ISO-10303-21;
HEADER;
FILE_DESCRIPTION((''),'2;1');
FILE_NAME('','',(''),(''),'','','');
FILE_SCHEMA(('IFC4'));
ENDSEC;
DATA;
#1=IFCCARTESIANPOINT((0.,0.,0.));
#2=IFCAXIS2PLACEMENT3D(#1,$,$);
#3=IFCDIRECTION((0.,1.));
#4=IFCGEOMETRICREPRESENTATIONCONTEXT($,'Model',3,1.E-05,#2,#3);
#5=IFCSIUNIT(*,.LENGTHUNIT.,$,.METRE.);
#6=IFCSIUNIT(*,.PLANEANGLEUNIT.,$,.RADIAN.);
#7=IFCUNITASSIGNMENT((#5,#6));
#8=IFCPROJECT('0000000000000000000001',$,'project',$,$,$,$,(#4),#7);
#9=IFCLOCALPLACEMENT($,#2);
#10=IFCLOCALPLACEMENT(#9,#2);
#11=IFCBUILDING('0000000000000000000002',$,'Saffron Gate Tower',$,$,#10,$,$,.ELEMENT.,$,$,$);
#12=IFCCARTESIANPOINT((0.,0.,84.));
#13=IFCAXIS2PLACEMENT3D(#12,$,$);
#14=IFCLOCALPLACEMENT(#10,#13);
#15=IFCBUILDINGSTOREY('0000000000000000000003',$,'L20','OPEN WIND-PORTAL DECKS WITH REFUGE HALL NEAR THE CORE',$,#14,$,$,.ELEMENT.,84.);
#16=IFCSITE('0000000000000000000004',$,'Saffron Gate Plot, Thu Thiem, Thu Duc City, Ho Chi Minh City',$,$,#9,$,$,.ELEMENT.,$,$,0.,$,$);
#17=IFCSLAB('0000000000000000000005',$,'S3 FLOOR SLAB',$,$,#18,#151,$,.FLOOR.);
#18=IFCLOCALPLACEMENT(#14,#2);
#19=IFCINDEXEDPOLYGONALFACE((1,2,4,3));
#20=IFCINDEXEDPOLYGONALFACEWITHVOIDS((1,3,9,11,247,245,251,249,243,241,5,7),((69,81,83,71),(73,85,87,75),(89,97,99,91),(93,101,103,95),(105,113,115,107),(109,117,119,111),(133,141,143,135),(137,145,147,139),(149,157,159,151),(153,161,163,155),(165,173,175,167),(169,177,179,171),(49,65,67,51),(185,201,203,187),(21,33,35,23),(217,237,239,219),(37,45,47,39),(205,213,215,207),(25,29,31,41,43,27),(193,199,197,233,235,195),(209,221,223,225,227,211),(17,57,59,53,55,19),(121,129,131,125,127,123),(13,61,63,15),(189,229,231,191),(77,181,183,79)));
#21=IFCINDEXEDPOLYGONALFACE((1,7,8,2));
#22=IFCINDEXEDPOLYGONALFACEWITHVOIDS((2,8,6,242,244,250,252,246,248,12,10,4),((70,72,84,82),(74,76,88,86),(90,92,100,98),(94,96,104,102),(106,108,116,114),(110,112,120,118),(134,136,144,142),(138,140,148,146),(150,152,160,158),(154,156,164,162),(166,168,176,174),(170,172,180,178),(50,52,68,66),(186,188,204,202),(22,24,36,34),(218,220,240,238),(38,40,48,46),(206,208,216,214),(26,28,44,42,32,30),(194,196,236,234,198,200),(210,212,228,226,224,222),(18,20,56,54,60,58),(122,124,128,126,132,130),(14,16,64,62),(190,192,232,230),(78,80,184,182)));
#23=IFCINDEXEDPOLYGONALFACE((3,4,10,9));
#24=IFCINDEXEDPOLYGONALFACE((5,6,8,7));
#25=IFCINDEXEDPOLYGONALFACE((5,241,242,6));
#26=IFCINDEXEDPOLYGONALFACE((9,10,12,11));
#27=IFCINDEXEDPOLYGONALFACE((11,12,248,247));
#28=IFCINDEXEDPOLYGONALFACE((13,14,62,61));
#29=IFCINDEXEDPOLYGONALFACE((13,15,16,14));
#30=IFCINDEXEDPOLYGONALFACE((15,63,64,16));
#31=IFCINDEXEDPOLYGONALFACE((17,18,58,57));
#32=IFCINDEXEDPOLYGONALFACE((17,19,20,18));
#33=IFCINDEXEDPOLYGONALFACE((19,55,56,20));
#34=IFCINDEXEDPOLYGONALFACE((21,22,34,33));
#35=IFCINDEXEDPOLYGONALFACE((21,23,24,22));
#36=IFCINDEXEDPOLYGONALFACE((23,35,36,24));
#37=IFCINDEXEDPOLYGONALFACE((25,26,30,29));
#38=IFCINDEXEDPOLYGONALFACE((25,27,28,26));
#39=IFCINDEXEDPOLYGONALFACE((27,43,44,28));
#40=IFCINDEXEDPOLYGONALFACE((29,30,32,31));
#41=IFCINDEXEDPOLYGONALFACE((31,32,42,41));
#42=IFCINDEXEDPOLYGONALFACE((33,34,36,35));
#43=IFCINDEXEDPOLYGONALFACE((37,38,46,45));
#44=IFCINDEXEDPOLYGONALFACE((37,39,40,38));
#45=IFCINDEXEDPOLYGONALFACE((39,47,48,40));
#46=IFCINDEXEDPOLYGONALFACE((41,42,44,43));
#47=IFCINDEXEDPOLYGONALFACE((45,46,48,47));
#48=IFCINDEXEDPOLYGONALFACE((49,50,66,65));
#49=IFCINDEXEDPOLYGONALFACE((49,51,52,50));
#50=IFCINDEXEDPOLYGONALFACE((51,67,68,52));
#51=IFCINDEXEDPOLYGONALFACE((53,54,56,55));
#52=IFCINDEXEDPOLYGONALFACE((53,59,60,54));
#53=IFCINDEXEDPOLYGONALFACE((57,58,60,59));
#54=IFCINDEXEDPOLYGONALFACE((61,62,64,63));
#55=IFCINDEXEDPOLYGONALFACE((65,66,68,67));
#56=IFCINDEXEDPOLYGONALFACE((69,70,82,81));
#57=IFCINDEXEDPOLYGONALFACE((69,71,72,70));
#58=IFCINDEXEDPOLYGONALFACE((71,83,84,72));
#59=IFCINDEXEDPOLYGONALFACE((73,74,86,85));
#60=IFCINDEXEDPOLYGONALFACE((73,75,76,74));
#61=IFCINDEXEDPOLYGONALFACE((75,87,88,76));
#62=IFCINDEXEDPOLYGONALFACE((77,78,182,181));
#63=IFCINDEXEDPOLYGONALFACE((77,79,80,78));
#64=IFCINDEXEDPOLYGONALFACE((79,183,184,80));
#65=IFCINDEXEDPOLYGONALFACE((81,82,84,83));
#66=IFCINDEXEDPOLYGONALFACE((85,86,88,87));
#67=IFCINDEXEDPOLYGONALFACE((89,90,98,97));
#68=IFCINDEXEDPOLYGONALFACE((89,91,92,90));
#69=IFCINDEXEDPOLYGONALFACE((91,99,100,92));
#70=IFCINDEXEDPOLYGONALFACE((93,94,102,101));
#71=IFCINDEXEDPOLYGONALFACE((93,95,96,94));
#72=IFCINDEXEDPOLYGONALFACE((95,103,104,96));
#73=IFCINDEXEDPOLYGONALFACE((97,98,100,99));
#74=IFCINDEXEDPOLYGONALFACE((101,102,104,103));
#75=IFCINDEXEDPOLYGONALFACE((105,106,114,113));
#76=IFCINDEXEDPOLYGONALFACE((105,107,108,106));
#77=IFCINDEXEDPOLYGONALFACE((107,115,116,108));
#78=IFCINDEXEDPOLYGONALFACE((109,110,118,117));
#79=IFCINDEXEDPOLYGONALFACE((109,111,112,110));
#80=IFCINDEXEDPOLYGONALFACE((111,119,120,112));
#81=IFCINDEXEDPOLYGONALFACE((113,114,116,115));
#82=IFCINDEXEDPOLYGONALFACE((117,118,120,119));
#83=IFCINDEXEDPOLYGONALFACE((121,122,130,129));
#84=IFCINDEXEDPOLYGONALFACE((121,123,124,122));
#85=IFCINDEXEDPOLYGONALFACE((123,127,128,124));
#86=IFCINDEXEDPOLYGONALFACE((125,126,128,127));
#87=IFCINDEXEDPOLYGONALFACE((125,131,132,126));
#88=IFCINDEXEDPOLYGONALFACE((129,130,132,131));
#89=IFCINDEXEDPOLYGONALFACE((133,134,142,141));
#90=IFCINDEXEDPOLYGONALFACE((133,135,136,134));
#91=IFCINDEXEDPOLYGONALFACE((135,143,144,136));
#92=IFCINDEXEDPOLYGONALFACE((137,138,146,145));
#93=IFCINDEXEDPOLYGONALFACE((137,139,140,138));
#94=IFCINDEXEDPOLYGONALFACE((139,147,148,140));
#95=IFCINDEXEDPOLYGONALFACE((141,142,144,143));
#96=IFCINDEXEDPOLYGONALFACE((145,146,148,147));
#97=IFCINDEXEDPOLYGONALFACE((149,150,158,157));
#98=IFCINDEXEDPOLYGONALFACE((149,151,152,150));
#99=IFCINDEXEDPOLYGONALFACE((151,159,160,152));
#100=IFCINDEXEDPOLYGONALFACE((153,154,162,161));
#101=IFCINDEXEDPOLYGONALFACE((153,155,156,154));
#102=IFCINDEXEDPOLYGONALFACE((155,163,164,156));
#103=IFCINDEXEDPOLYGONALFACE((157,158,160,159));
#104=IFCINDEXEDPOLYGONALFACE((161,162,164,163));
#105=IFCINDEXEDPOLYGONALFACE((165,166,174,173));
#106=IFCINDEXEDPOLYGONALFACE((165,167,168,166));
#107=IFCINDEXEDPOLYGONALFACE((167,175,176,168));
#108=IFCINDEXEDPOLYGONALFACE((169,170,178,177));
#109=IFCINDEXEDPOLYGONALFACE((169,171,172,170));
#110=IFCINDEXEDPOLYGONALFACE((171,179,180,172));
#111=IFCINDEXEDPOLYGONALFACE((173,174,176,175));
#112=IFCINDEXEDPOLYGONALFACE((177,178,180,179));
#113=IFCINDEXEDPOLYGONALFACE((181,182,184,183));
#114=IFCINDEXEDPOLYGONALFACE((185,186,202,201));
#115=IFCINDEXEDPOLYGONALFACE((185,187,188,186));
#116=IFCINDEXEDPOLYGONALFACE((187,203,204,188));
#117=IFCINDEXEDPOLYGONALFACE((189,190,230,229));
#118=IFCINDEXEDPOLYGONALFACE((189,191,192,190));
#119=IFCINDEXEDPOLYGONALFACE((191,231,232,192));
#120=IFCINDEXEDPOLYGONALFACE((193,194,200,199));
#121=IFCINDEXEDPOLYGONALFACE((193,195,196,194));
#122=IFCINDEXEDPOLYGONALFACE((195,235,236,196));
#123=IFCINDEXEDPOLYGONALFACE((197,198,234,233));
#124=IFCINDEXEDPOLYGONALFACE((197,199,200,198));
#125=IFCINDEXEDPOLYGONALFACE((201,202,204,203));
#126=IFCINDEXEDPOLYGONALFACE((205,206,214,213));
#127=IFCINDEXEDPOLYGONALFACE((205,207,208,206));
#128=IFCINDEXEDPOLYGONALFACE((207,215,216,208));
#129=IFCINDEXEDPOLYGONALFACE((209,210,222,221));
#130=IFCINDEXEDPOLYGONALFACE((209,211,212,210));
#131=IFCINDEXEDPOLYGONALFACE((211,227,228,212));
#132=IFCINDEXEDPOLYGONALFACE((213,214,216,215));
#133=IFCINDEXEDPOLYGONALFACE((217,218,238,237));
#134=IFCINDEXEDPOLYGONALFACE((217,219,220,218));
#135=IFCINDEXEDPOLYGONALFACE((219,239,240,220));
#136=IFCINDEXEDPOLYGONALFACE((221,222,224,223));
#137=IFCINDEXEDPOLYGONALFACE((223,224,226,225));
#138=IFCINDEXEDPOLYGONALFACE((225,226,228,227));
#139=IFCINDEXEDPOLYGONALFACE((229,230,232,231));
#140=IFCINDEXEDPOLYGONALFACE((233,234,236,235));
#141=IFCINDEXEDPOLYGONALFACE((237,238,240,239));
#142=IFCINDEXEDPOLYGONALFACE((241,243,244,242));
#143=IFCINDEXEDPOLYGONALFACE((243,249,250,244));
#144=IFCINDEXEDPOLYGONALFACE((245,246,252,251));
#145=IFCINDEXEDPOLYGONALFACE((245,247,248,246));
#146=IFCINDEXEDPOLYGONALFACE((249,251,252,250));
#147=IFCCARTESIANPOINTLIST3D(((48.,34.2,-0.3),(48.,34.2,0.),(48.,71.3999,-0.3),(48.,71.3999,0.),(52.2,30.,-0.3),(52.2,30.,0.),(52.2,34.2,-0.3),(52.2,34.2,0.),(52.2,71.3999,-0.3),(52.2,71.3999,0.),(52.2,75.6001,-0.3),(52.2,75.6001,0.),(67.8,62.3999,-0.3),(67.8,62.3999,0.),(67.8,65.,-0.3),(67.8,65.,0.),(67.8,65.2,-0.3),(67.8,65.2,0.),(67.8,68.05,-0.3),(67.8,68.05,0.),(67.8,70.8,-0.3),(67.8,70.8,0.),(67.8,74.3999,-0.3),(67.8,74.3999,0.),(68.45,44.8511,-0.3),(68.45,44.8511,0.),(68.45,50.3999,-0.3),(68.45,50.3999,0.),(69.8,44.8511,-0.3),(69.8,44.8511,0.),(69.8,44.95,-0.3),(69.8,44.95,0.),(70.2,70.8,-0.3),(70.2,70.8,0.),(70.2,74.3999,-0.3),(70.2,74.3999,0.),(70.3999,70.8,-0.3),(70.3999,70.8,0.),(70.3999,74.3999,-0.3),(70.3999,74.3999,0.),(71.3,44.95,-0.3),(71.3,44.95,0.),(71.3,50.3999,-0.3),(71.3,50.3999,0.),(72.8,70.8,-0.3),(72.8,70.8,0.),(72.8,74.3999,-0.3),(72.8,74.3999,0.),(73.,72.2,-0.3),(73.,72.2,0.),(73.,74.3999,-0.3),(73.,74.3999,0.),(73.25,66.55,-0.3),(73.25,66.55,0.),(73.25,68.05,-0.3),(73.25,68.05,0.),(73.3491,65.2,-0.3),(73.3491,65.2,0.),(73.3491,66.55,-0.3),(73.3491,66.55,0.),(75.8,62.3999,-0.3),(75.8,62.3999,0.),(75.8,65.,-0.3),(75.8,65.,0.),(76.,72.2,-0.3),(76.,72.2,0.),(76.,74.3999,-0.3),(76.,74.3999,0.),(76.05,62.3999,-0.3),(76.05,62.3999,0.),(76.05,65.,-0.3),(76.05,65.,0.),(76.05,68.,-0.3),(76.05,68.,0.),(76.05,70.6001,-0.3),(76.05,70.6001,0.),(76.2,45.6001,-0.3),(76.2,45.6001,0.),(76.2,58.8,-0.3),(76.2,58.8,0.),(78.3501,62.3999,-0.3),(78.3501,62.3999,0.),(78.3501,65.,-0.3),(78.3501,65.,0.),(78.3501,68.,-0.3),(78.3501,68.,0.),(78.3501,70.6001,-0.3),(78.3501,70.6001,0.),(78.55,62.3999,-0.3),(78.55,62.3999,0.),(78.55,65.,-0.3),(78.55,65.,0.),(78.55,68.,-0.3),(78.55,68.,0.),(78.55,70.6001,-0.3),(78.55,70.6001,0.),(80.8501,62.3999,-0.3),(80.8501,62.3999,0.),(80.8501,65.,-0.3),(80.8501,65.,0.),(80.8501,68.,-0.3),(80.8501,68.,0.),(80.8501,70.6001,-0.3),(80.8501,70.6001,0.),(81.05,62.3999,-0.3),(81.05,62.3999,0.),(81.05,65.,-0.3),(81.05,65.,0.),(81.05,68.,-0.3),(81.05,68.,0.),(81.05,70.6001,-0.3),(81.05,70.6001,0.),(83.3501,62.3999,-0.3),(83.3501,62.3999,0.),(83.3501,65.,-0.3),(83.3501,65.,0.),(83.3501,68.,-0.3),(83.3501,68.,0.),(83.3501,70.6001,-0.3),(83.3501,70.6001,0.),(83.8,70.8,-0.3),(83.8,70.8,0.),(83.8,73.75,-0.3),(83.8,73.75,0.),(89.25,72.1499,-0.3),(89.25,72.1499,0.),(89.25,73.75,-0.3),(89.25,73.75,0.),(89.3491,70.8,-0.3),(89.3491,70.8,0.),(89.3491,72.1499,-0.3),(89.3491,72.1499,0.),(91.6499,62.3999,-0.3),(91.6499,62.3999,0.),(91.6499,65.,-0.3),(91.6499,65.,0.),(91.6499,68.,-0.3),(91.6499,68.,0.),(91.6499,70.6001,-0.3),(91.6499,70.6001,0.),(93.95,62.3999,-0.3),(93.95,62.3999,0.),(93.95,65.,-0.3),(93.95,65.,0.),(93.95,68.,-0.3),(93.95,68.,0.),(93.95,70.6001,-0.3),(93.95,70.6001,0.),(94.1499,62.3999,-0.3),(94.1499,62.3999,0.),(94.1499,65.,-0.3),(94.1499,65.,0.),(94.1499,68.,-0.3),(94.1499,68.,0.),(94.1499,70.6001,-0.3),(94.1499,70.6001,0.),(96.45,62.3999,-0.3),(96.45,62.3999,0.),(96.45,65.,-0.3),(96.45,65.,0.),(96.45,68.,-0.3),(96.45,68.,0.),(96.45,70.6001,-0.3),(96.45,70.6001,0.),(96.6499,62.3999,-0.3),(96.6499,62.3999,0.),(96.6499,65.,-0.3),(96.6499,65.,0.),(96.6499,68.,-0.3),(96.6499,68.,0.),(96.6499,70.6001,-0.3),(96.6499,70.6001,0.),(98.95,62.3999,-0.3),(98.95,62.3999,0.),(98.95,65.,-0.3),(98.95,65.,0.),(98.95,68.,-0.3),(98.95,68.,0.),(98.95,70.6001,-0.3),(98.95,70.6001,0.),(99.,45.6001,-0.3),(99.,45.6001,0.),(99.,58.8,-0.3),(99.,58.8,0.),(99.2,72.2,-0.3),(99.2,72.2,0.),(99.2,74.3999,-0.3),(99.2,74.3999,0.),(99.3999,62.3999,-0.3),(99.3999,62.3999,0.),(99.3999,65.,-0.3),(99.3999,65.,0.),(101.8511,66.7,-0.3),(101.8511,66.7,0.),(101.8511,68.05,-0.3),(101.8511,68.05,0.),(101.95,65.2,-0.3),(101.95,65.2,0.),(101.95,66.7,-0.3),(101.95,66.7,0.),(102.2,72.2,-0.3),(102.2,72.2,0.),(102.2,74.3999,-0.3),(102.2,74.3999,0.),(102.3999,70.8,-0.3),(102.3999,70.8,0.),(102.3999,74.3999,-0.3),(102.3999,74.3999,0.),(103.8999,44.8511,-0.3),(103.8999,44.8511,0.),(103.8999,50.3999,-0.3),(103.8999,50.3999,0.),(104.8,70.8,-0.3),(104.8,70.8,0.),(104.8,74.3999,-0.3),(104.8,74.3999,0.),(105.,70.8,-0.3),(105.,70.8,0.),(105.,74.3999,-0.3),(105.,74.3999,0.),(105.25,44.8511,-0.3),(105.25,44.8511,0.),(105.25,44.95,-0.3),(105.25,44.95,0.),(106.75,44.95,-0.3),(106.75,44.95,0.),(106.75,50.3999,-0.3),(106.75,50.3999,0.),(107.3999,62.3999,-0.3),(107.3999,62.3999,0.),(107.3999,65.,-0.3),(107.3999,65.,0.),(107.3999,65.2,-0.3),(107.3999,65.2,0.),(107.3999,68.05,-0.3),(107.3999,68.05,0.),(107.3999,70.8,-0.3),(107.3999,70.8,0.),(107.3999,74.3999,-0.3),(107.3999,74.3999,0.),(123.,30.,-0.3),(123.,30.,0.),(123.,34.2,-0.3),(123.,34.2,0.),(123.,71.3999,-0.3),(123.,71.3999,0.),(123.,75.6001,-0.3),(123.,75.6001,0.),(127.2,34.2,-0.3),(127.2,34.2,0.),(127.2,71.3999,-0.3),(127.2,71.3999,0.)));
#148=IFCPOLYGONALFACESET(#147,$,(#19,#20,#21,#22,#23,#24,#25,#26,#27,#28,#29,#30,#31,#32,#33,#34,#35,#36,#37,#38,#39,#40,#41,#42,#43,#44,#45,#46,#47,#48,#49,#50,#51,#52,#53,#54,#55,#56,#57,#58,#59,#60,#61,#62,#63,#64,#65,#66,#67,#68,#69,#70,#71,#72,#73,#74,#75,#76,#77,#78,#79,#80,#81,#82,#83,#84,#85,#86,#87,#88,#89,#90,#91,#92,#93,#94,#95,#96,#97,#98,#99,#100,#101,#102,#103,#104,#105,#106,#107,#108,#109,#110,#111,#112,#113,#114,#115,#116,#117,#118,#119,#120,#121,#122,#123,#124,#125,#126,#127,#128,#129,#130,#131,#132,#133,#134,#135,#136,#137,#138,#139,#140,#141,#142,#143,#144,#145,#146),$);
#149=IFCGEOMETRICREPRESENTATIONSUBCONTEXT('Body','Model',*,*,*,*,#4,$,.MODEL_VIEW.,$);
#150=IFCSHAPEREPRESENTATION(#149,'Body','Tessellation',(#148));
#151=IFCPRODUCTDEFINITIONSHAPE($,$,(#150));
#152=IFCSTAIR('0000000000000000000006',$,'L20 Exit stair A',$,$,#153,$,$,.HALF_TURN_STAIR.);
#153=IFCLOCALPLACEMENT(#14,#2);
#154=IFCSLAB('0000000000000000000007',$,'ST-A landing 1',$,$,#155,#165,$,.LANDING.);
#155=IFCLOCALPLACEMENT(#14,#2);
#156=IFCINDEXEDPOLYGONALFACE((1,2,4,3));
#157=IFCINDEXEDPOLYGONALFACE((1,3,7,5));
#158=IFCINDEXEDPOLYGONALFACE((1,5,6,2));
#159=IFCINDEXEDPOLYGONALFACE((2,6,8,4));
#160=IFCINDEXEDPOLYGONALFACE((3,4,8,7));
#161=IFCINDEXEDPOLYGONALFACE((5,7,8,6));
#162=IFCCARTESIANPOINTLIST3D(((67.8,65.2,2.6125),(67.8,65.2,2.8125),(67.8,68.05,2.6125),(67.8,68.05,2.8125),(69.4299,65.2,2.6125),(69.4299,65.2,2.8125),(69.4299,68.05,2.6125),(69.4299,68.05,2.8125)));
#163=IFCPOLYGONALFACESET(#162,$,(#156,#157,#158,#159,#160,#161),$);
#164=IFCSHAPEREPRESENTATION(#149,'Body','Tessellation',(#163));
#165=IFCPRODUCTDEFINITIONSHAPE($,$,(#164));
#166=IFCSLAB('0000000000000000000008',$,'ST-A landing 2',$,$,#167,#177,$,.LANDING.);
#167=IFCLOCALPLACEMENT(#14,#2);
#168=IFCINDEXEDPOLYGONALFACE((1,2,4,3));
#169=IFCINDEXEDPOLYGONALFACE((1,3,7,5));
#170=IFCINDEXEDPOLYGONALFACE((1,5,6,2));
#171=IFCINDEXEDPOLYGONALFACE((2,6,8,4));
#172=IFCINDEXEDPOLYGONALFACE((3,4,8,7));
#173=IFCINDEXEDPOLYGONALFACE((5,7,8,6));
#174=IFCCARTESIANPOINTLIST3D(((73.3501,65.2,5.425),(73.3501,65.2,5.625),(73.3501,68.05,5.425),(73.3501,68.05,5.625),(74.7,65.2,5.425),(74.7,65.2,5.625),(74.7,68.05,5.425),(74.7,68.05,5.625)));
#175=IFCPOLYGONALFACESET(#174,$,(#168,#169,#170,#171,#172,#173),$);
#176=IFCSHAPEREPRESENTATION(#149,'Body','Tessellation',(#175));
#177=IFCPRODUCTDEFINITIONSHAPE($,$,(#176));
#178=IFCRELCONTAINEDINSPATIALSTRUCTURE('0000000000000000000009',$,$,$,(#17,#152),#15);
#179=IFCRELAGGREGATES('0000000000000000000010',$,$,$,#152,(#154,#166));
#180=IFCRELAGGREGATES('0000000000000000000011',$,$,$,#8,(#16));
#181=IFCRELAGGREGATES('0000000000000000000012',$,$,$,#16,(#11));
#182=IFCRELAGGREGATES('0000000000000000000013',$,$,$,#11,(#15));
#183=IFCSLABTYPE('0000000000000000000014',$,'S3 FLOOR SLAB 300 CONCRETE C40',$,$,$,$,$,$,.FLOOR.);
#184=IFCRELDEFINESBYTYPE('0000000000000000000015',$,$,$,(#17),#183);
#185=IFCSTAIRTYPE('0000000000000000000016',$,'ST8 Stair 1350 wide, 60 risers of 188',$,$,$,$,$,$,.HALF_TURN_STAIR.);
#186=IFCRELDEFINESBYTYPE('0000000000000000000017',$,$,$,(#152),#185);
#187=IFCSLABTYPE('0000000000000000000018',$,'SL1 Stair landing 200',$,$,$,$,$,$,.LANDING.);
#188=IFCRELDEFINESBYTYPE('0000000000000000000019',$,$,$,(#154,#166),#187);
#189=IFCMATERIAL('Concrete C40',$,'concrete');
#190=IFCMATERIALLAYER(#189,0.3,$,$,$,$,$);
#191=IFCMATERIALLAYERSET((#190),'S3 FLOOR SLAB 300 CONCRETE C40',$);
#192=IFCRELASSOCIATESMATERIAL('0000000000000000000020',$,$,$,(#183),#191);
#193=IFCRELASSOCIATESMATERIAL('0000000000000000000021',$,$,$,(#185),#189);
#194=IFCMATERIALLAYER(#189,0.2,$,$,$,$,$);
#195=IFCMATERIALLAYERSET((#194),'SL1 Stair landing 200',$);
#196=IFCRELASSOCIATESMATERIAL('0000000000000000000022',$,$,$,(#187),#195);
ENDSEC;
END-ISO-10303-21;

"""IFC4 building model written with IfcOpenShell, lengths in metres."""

from ifc_helpers import new_model, si_unit, direction, frame, origin, place, context, subcontext, project, spatial, polyline, outline, extrude, material, layer, layer_set, type_object, element, aggregate, save


model = new_model("IFC4")

# Units and contexts
model_context = context("Model", 3, precision=1e-05, world=origin(), true_north=direction((0.0, 1.0)))
body_context = subcontext(model_context, "Body", "Model", "MODEL_VIEW")
ifc_project = project(units=[si_unit("LENGTHUNIT", "METRE"), si_unit("PLANEANGLEUNIT", "RADIAN")], contexts=[model_context])

# Site, building, storey
site_placement = place(None, origin())
site = spatial("IfcSite", under=ifc_project, at=site_placement, Name="Saffron Gate Plot, Thu Thiem, Thu Duc City, Ho Chi Minh City", CompositionType="ELEMENT", RefElevation=0.0)
building_placement = place(site_placement, origin())
building = spatial("IfcBuilding", under=site, at=building_placement, Name="Saffron Gate Tower", CompositionType="ELEMENT")
storey_placement = place(building_placement, frame((0.0, 0.0, 84.0)))
storey = spatial("IfcBuildingStorey", under=building, at=storey_placement, Name="L20", Description="OPEN WIND-PORTAL DECKS WITH REFUGE HALL NEAR THE CORE", CompositionType="ELEMENT", Elevation=84.0)

# Slab
ifc_material_1 = material(Name="Concrete C40", Category="concrete")
ifc_layer_1 = layer(ifc_material_1, 0.3)
ifc_layer_set_1 = layer_set([ifc_layer_1], Name="S3 FLOOR SLAB 300 CONCRETE C40")
slab_type_1 = type_object("IfcSlabType", Name="S3 FLOOR SLAB 300 CONCRETE C40", PredefinedType="FLOOR", material=ifc_layer_set_1)
slab_1_placement = place(storey_placement, frame((0.0, 0.0, -0.3)))
element("IfcSlab", 1, at=slab_1_placement, inside=storey, type_object=slab_type_1, Name="S3 FLOOR SLAB", PredefinedType="FLOOR", context=body_context, shape_type="SweptSolid", body=[
    extrude(outline(polyline([(48.0, 34.2), (52.2, 34.2), (52.2, 30.0), (123.0, 30.0), (123.0, 34.2), (127.2, 34.2), (127.2, 71.3999), (123.0, 71.3999), (123.0, 75.6001), (52.2, 75.6001), (52.2, 71.3999), (48.0, 71.3999), (48.0, 34.2)]), holes=[polyline([(67.8, 62.3999), (67.8, 65.0), (75.8, 65.0), (75.8, 62.3999), (67.8, 62.3999)]), polyline([(67.8, 65.2), (67.8, 68.05), (73.25, 68.05), (73.25, 66.55), (73.3491, 66.55), (73.3491, 65.2), (67.8, 65.2)]), polyline([(67.8, 70.8), (67.8, 74.3999), (70.2, 74.3999), (70.2, 70.8), (67.8, 70.8)]), polyline([(68.45, 44.8511), (68.45, 50.3999), (71.3, 50.3999), (71.3, 44.95), (69.8, 44.95), (69.8, 44.8511), (68.45, 44.8511)]), polyline([(70.3999, 70.8), (70.3999, 74.3999), (72.8, 74.3999), (72.8, 70.8), (70.3999, 70.8)]), polyline([(73.0, 72.2), (73.0, 74.3999), (76.0, 74.3999), (76.0, 72.2), (73.0, 72.2)]), polyline([(76.05, 62.3999), (76.05, 65.0), (78.3501, 65.0), (78.3501, 62.3999), (76.05, 62.3999)]), polyline([(76.05, 68.0), (76.05, 70.6001), (78.3501, 70.6001), (78.3501, 68.0), (76.05, 68.0)]), polyline([(76.2, 45.6001), (76.2, 58.8), (99.0, 58.8), (99.0, 45.6001), (76.2, 45.6001)]), polyline([(78.55, 62.3999), (78.55, 65.0), (80.8501, 65.0), (80.8501, 62.3999), (78.55, 62.3999)]), polyline([(78.55, 68.0), (78.55, 70.6001), (80.8501, 70.6001), (80.8501, 68.0), (78.55, 68.0)]), polyline([(81.05, 62.3999), (81.05, 65.0), (83.3501, 65.0), (83.3501, 62.3999), (81.05, 62.3999)]), polyline([(81.05, 68.0), (81.05, 70.6001), (83.3501, 70.6001), (83.3501, 68.0), (81.05, 68.0)]), polyline([(83.8, 70.8), (83.8, 73.75), (89.25, 73.75), (89.25, 72.1499), (89.3491, 72.1499), (89.3491, 70.8), (83.8, 70.8)]), polyline([(91.6499, 62.3999), (91.6499, 65.0), (93.95, 65.0), (93.95, 62.3999), (91.6499, 62.3999)]), polyline([(91.6499, 68.0), (91.6499, 70.6001), (93.95, 70.6001), (93.95, 68.0), (91.6499, 68.0)]), polyline([(94.1499, 62.3999), (94.1499, 65.0), (96.45, 65.0), (96.45, 62.3999), (94.1499, 62.3999)]), polyline([(94.1499, 68.0), (94.1499, 70.6001), (96.45, 70.6001), (96.45, 68.0), (94.1499, 68.0)]), polyline([(96.6499, 62.3999), (96.6499, 65.0), (98.95, 65.0), (98.95, 62.3999), (96.6499, 62.3999)]), polyline([(96.6499, 68.0), (96.6499, 70.6001), (98.95, 70.6001), (98.95, 68.0), (96.6499, 68.0)]), polyline([(99.2, 72.2), (99.2, 74.3999), (102.2, 74.3999), (102.2, 72.2), (99.2, 72.2)]), polyline([(99.3999, 62.3999), (99.3999, 65.0), (107.3999, 65.0), (107.3999, 62.3999), (99.3999, 62.3999)]), polyline([(101.8511, 66.7), (101.8511, 68.05), (107.3999, 68.05), (107.3999, 65.2), (101.95, 65.2), (101.95, 66.7), (101.8511, 66.7)]), polyline([(102.3999, 70.8), (102.3999, 74.3999), (104.8, 74.3999), (104.8, 70.8), (102.3999, 70.8)]), polyline([(103.8999, 44.8511), (103.8999, 50.3999), (106.75, 50.3999), (106.75, 44.95), (105.25, 44.95), (105.25, 44.8511), (103.8999, 44.8511)]), polyline([(105.0, 70.8), (105.0, 74.3999), (107.3999, 74.3999), (107.3999, 70.8), (105.0, 70.8)])]), origin(), (0.0, 0.0, 1.0), 0.3),
])

# Stair, slabs
stair_type = type_object("IfcStairType", Name="ST8 Stair 1350 wide, 60 risers of 188", PredefinedType="HALF_TURN_STAIR", material=ifc_material_1)
stair_1_placement = place(storey_placement, origin())
stair_1 = element("IfcStair", 2, at=stair_1_placement, inside=storey, type_object=stair_type, Name="L20 Exit stair A", PredefinedType="HALF_TURN_STAIR")
ifc_layer_2 = layer(ifc_material_1, 0.2)
ifc_layer_set_2 = layer_set([ifc_layer_2], Name="SL1 Stair landing 200")
slab_type_2 = type_object("IfcSlabType", Name="SL1 Stair landing 200", PredefinedType="LANDING", material=ifc_layer_set_2)
slab_2_placement = place(storey_placement, frame((0.0, 0.0, 2.6125)))
slab_2 = element("IfcSlab", 3, at=slab_2_placement, type_object=slab_type_2, Name="ST-A landing 1", PredefinedType="LANDING", context=body_context, shape_type="SweptSolid", body=[
    extrude(outline(polyline([(69.4299, 68.05), (67.8, 68.05), (67.8, 65.2), (69.4299, 65.2), (69.4299, 68.05)])), origin(), (0.0, 0.0, 1.0), 0.2),
])
slab_3_placement = place(storey_placement, frame((0.0, 0.0, 5.425)))
slab_3 = element("IfcSlab", 4, at=slab_3_placement, type_object=slab_type_2, Name="ST-A landing 2", PredefinedType="LANDING", context=body_context, shape_type="SweptSolid", body=[
    extrude(outline(polyline([(74.7, 68.05), (73.3501, 68.05), (73.3501, 65.2), (74.7, 65.2), (74.7, 68.05)])), origin(), (0.0, 0.0, 1.0), 0.2),
])
aggregate(stair_1, [slab_2, slab_3])

save(model, "model.ifc")
